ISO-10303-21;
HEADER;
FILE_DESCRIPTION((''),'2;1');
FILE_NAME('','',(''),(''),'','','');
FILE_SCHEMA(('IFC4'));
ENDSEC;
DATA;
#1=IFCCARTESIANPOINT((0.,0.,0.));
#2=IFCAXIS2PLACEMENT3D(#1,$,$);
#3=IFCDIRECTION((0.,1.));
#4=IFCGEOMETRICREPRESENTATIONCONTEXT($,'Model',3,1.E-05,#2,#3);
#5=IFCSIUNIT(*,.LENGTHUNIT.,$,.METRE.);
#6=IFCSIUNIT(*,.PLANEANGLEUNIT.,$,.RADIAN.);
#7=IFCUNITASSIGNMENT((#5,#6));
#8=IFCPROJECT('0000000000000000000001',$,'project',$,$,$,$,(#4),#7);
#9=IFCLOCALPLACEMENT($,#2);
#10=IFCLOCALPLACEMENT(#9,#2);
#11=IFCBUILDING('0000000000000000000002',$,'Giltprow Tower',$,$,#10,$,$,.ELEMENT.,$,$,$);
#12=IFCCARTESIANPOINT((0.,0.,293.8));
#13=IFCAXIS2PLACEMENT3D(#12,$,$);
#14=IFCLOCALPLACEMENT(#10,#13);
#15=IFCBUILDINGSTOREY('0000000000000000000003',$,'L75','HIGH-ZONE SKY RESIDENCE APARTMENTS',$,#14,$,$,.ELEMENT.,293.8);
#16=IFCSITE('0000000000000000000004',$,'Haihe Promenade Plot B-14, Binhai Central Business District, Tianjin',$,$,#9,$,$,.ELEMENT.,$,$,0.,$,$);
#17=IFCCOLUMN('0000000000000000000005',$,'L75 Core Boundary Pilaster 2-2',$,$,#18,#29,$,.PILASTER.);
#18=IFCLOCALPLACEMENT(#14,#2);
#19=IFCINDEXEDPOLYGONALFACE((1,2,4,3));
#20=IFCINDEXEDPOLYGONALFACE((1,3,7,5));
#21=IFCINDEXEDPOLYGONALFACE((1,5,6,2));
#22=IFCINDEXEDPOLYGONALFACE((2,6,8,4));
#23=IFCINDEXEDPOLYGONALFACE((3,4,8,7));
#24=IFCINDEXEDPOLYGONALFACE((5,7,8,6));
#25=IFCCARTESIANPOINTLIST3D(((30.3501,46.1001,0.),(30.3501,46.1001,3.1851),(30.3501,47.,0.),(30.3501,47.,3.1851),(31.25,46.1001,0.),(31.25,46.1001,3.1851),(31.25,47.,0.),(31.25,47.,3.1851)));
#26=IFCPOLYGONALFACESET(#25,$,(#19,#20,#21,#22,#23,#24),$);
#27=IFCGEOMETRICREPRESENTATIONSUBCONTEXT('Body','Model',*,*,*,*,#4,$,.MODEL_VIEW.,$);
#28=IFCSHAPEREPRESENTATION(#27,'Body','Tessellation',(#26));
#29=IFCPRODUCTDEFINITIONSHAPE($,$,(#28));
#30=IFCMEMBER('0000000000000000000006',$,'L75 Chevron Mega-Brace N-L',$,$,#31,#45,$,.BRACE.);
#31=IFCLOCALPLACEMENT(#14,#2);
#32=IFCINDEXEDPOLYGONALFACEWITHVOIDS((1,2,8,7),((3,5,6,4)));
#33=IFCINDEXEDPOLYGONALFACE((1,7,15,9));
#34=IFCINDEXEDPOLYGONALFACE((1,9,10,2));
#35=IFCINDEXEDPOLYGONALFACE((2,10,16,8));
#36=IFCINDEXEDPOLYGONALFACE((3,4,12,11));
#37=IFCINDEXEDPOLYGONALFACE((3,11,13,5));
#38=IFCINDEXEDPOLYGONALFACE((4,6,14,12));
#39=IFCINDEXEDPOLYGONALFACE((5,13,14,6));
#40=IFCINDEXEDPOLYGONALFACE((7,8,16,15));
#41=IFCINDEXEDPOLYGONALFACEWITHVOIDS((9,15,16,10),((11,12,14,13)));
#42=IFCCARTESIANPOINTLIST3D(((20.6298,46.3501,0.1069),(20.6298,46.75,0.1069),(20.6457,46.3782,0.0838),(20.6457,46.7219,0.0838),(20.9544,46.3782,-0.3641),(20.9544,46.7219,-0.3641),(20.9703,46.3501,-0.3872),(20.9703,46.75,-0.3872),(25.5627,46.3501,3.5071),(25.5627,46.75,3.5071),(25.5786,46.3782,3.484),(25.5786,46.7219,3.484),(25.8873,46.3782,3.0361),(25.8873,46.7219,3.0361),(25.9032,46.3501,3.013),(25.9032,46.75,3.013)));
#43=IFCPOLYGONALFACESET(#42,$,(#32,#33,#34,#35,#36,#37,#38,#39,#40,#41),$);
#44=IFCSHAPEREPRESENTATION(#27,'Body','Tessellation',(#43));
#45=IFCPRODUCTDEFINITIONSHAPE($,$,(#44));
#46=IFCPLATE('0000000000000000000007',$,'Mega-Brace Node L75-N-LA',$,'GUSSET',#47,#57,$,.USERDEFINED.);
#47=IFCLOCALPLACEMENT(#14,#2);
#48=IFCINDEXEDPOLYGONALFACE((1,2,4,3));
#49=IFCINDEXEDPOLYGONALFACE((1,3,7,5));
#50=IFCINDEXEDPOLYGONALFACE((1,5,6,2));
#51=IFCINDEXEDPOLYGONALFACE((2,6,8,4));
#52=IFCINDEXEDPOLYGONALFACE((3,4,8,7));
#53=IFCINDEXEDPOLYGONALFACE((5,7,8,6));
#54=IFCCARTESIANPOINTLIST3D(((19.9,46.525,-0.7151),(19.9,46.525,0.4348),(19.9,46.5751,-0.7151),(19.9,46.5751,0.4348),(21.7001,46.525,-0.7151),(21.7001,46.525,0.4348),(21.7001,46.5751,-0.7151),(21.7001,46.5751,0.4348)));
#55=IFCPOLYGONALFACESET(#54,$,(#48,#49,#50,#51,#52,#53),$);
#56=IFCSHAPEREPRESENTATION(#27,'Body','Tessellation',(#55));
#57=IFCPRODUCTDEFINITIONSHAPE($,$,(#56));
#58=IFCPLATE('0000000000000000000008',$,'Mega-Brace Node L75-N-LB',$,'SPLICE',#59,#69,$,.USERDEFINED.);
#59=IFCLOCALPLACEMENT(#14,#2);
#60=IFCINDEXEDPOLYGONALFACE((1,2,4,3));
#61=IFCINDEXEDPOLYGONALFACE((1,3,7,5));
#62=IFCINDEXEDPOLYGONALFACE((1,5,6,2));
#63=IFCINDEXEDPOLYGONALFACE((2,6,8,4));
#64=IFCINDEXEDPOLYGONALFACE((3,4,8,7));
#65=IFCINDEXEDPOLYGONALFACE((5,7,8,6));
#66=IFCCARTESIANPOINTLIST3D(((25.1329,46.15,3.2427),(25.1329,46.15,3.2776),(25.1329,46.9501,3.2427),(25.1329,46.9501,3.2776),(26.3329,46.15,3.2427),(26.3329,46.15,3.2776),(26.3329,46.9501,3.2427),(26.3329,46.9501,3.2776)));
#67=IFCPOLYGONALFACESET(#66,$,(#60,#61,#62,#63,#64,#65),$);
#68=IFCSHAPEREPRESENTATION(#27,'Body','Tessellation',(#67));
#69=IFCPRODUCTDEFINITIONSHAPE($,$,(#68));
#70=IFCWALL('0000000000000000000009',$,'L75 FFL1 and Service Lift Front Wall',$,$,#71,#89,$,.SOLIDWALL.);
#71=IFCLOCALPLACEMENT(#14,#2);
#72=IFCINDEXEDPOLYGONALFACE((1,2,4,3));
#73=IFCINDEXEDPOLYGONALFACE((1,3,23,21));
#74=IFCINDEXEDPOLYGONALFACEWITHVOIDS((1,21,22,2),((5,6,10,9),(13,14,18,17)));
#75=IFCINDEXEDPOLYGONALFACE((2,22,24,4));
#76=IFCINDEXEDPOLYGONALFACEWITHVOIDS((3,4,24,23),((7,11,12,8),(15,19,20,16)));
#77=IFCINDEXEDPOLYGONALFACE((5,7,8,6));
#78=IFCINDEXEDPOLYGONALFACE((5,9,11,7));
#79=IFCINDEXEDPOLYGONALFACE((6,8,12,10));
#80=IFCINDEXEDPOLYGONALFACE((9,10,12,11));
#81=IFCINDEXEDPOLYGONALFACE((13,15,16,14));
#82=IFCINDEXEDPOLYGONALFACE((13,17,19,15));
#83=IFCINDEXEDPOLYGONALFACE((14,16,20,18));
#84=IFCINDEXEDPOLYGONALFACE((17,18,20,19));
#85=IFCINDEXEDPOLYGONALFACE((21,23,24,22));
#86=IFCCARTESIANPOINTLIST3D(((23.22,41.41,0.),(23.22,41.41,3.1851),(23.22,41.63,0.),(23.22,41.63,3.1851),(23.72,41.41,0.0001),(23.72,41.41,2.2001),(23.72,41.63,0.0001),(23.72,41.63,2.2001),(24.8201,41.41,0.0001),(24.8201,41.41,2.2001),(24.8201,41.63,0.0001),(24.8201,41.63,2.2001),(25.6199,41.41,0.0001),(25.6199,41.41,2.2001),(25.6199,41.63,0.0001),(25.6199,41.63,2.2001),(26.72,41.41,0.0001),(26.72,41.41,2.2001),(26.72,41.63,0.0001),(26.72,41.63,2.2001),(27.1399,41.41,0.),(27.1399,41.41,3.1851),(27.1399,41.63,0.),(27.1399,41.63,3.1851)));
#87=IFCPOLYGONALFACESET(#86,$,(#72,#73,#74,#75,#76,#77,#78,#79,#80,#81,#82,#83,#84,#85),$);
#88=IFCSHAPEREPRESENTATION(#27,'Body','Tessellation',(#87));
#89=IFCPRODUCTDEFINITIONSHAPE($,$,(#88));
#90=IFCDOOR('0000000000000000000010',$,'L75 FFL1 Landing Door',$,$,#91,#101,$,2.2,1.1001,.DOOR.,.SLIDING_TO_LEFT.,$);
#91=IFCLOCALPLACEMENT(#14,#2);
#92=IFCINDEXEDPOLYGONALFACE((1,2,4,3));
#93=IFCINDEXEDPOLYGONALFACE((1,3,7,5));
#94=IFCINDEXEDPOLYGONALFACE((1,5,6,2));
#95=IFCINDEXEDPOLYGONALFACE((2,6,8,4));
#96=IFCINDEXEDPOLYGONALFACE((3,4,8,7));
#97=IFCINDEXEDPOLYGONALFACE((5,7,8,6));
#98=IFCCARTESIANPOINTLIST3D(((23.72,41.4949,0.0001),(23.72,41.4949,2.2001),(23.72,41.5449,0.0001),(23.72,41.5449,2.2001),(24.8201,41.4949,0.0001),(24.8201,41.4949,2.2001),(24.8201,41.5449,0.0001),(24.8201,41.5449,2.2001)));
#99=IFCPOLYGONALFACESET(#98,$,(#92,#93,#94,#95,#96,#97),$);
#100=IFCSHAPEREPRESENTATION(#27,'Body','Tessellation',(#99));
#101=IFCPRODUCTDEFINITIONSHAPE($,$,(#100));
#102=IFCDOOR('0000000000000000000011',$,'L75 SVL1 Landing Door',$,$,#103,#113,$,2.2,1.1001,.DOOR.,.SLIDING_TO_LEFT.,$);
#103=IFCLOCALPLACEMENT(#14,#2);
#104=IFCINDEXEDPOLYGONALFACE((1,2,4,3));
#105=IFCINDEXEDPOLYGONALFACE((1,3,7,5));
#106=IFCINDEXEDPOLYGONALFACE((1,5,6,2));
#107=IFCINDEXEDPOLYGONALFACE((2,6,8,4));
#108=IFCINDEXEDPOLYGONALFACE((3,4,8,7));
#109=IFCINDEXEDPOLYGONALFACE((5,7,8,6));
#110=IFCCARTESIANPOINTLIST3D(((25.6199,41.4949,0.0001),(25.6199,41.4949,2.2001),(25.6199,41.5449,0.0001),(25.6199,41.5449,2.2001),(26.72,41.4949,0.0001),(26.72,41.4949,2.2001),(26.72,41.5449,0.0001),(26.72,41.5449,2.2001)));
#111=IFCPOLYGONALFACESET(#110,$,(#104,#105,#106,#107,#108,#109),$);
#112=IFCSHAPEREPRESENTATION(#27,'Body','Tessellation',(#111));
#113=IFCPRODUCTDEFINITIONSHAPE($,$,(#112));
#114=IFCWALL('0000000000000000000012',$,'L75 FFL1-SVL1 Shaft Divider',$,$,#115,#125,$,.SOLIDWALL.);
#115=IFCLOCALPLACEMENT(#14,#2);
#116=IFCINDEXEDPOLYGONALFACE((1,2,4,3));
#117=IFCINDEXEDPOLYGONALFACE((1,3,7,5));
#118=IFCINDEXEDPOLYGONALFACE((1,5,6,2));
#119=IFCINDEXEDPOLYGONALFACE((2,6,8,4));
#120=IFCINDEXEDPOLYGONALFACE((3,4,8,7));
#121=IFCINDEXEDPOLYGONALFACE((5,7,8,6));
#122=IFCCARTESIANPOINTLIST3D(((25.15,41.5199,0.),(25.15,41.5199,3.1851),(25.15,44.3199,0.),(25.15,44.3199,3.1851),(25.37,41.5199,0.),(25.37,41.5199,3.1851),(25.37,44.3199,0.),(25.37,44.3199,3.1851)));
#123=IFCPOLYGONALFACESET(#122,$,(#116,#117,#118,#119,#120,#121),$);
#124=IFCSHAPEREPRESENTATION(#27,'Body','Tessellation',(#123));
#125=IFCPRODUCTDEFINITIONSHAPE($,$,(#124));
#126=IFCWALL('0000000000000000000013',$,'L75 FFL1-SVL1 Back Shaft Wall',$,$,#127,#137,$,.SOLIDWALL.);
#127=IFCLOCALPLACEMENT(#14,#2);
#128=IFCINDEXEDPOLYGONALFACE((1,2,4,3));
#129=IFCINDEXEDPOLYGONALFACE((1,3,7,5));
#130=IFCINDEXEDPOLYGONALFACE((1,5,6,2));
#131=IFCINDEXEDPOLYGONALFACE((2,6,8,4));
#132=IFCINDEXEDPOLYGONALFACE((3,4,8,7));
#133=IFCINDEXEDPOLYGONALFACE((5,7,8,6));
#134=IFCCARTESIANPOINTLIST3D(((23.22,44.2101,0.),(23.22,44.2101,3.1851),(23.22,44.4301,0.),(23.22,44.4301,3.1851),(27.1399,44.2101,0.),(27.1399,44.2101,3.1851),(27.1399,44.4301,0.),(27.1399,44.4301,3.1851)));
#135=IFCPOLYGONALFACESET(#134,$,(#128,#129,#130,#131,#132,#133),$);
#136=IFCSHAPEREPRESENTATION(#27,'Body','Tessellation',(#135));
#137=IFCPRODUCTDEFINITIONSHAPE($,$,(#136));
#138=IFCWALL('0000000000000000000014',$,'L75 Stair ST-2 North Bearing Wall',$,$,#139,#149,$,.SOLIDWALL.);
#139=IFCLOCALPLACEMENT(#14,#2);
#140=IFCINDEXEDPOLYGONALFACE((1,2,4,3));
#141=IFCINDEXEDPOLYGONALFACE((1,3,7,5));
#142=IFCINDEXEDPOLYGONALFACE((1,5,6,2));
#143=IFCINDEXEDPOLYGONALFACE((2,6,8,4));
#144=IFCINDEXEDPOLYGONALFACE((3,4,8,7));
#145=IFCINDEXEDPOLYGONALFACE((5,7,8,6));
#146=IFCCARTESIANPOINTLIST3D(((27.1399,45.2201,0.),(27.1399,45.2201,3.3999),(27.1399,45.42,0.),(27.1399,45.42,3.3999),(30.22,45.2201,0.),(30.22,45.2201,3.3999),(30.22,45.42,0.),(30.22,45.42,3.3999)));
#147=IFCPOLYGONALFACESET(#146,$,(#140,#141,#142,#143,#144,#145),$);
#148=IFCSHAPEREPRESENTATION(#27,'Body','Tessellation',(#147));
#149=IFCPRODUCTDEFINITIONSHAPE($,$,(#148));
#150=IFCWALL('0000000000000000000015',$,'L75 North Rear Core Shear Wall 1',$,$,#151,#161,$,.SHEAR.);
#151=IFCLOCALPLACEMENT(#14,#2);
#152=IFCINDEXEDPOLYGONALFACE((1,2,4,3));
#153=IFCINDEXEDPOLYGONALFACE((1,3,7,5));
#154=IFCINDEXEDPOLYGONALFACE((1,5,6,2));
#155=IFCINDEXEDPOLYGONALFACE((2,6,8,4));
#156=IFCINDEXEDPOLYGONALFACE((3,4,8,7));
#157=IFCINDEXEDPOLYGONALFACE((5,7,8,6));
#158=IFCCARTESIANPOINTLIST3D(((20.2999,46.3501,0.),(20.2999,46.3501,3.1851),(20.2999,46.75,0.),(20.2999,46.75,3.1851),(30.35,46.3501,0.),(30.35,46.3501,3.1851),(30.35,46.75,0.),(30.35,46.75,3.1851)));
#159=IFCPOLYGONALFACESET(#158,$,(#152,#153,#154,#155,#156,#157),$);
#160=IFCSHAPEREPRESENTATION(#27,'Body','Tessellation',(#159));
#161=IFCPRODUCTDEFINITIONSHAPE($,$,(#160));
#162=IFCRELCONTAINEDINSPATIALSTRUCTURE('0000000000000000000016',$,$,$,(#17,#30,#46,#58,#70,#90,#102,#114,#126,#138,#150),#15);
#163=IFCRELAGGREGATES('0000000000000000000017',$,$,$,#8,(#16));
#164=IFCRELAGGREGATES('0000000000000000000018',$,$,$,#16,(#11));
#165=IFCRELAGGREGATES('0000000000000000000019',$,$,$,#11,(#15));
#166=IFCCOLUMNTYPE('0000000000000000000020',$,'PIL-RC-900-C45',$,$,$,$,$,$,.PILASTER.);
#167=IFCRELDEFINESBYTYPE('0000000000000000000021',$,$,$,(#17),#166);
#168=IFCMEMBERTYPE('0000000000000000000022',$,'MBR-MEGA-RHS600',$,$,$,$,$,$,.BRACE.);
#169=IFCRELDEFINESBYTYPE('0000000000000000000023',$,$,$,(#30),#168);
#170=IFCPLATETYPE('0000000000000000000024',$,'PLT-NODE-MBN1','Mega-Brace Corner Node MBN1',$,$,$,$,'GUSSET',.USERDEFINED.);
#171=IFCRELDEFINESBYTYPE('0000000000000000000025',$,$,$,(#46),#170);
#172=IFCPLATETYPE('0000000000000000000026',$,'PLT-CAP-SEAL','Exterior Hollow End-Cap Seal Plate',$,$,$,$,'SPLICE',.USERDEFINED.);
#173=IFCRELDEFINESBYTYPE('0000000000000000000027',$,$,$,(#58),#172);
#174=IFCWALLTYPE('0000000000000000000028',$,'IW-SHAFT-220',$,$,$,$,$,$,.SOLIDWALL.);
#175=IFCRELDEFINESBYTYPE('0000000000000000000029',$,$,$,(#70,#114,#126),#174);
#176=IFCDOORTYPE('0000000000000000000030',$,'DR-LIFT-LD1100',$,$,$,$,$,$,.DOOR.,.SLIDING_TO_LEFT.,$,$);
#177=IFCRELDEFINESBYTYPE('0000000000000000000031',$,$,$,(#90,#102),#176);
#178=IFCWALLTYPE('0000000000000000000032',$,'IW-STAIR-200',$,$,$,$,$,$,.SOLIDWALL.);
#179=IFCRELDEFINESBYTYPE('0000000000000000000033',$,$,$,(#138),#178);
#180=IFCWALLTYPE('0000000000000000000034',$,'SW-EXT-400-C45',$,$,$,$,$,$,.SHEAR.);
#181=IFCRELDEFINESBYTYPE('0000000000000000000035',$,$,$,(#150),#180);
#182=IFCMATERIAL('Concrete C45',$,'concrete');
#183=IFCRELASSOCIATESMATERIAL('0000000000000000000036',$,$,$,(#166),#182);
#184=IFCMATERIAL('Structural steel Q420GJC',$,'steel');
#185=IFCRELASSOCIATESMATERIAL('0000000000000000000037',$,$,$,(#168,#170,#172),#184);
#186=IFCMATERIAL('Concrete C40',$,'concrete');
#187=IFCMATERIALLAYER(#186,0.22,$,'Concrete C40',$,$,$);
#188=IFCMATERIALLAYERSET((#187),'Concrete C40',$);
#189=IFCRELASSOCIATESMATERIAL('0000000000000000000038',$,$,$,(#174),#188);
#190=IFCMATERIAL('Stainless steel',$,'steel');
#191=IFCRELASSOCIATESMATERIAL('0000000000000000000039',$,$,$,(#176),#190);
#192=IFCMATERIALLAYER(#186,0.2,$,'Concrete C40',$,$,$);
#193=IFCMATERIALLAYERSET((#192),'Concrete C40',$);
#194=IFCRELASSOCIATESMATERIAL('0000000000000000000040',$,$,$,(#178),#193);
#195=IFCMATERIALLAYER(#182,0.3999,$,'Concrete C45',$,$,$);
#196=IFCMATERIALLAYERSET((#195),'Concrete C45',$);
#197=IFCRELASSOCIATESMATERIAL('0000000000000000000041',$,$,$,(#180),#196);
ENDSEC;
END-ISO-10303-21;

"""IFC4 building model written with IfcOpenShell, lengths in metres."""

from ifc_helpers import new_model, si_unit, direction, frame, frame_2d, origin, origin_2d, place, context, subcontext, project, spatial, rectangle, hollow_rectangle, extrude, source, transform, mapped, material, layer, layer_set, material_profile, profile_set, type_object, element, fill, save


model = new_model("IFC4")

# Units and contexts
model_context = context("Model", 3, precision=1e-05, world=origin(), true_north=direction((0.0, 1.0)))
body_context = subcontext(model_context, "Body", "Model", "MODEL_VIEW")
ifc_project = project(units=[si_unit("LENGTHUNIT", "METRE"), si_unit("PLANEANGLEUNIT", "RADIAN")], contexts=[model_context])

# Site, building, storey
site_placement = place(None, origin())
site = spatial("IfcSite", under=ifc_project, at=site_placement, Name="Haihe Promenade Plot B-14, Binhai Central Business District, Tianjin", CompositionType="ELEMENT", RefElevation=0.0)
building_placement = place(site_placement, origin())
building = spatial("IfcBuilding", under=site, at=building_placement, Name="Giltprow Tower", CompositionType="ELEMENT")
storey_placement = place(building_placement, frame((0.0, 0.0, 293.8)))
storey = spatial("IfcBuildingStorey", under=building, at=storey_placement, Name="L75", Description="HIGH-ZONE SKY RESIDENCE APARTMENTS", CompositionType="ELEMENT", Elevation=293.8)

# Column
ifc_material_1 = material(Name="Concrete C45", Category="concrete")
ifc_material_profile_1 = material_profile(ifc_material_1, rectangle(XDim=0.8999, YDim=0.8999, at=origin_2d()), Name="RC 900x900")
ifc_profile_set_1 = profile_set([ifc_material_profile_1], Name="Concrete C45")
column_type = type_object("IfcColumnType", Name="PIL-RC-900-C45", PredefinedType="PILASTER", material=ifc_profile_set_1)
shared_shape_1 = source(origin(), body_context, "Body", "SweptSolid", [
    extrude(rectangle(XDim=0.8999, YDim=0.8999, at=origin_2d()), origin(), (0.0, 0.0, 1.0), 3.1851),
])
column_placement = place(storey_placement, frame((30.8, 46.55, 0.0), z_axis=(0.0, 0.0, 1.0), x_axis=(1.0, 0.0, 0.0)))
element("IfcColumn", 1, at=column_placement, inside=storey, type_object=column_type, Name="L75 Core Boundary Pilaster 2-2", PredefinedType="PILASTER", context=body_context, shape_type="MappedRepresentation", body=[
    mapped(shared_shape_1, transform((0.0, 0.0, 0.0), x_axis=(1.0, 0.0, 0.0), y_axis=(0.0, 1.0, 0.0), z_axis=(0.0, 0.0, 1.0), scale=1.0)),
])

# Member
ifc_material_2 = material(Name="Structural steel Q420GJC", Category="steel")
ifc_material_profile_2 = material_profile(ifc_material_2, hollow_rectangle(XDim=0.3999, YDim=0.6001, WallThickness=0.0281, at=origin_2d()), Name="RHS 600x400x28")
ifc_profile_set_2 = profile_set([ifc_material_profile_2], Name="Structural steel Q420GJC")
member_type = type_object("IfcMemberType", Name="MBR-MEGA-RHS600", PredefinedType="BRACE", material=ifc_profile_set_2)
shared_shape_2 = source(origin(), body_context, "Body", "SweptSolid", [
    extrude(hollow_rectangle(XDim=0.3999, YDim=0.6001, WallThickness=0.0281, at=origin_2d()), origin(), (0.0, 0.0, 1.0), 5.9912),
])
member_placement = place(storey_placement, frame((20.8, 46.55, -0.1401), z_axis=(0.823355, 0.0, 0.567526), x_axis=(0.0, 1.0, 0.0)))
element("IfcMember", 2, at=member_placement, inside=storey, type_object=member_type, Name="L75 Chevron Mega-Brace N-L", PredefinedType="BRACE", context=body_context, shape_type="MappedRepresentation", body=[
    mapped(shared_shape_2, transform((0.0, 0.0, 0.0), x_axis=(1.0, 0.0, 0.0), y_axis=(0.0, 1.0, 0.0), z_axis=(0.0, 0.0, 1.0), scale=1.0)),
])

# Plates
plate_type_1 = type_object("IfcPlateType", Name="PLT-NODE-MBN1", Description="Mega-Brace Corner Node MBN1", ElementType="GUSSET", PredefinedType="USERDEFINED", material=ifc_material_2)
shared_shape_3 = source(origin(), body_context, "Body", "SweptSolid", [
    extrude(rectangle(XDim=1.8, YDim=0.05, at=origin_2d()), origin(), (0.0, 0.0, 1.0), 1.1499),
])
plate_1_placement = place(storey_placement, frame((20.8, 46.55, -0.7151), z_axis=(0.0, 0.0, 1.0), x_axis=(1.0, 0.0, 0.0)))
element("IfcPlate", 3, at=plate_1_placement, inside=storey, type_object=plate_type_1, Name="Mega-Brace Node L75-N-LA", ObjectType="GUSSET", PredefinedType="USERDEFINED", context=body_context, shape_type="MappedRepresentation", body=[
    mapped(shared_shape_3, transform((0.0, 0.0, 0.0), x_axis=(1.0, 0.0, 0.0), y_axis=(0.0, 1.0, 0.0), z_axis=(0.0, 0.0, 1.0), scale=1.0)),
])
plate_type_2 = type_object("IfcPlateType", Name="PLT-CAP-SEAL", Description="Exterior Hollow End-Cap Seal Plate", ElementType="SPLICE", PredefinedType="USERDEFINED", material=ifc_material_2)
shared_shape_4 = source(origin(), body_context, "Body", "SweptSolid", [
    extrude(rectangle(XDim=1.2, YDim=0.8, at=origin_2d()), origin(), (0.0, 0.0, 1.0), 0.0349),
])
plate_2_placement = place(storey_placement, frame((25.7329, 46.55, 3.2427), z_axis=(0.0, 0.0, 1.0), x_axis=(1.0, 0.0, 0.0)))
element("IfcPlate", 4, at=plate_2_placement, inside=storey, type_object=plate_type_2, Name="Mega-Brace Node L75-N-LB", ObjectType="SPLICE", PredefinedType="USERDEFINED", context=body_context, shape_type="MappedRepresentation", body=[
    mapped(shared_shape_4, transform((0.0, 0.0, 0.0), x_axis=(1.0, 0.0, 0.0), y_axis=(0.0, 1.0, 0.0), z_axis=(0.0, 0.0, 1.0), scale=1.0)),
])

# Wall, openings, doors
ifc_material_3 = material(Name="Concrete C40", Category="concrete")
ifc_layer_1 = layer(ifc_material_3, 0.22, Name="Concrete C40")
ifc_layer_set_1 = layer_set([ifc_layer_1], Name="Concrete C40")
wall_type_1 = type_object("IfcWallType", Name="IW-SHAFT-220", PredefinedType="SOLIDWALL", material=ifc_layer_set_1)
wall_1_placement = place(storey_placement, frame((23.22, 41.52, 0.0), z_axis=(0.0, 0.0, 1.0), x_axis=(1.0, 0.0, 0.0)))
wall_1 = element("IfcWall", 5, at=wall_1_placement, inside=storey, type_object=wall_type_1, Name="L75 FFL1 and Service Lift Front Wall", PredefinedType="SOLIDWALL", context=body_context, shape_type="SweptSolid", body=[
    extrude(rectangle(XDim=3.9199, YDim=0.22, at=frame_2d((1.96, 0.0))), origin(), (0.0, 0.0, 1.0), 3.1851),
])
opening_1_placement = place(wall_1_placement, frame((0.5, 0.0, 0.0)))
opening_1 = element("IfcOpeningElement", 6, at=opening_1_placement, cuts=wall_1, PredefinedType="OPENING", context=body_context, shape_type="SweptSolid", body=[
    extrude(rectangle(XDim=1.1001, YDim=2.2, at=frame_2d((0.55, 1.1001))), frame((0.0, 0.1199, 0.0), z_axis=(0.0, -1.0, 0.0), x_axis=(1.0, 0.0, 0.0)), (0.0, 0.0, 1.0), 0.24),
])
opening_2_placement = place(wall_1_placement, frame((2.3999, 0.0, 0.0)))
opening_2 = element("IfcOpeningElement", 7, at=opening_2_placement, cuts=wall_1, PredefinedType="OPENING", context=body_context, shape_type="SweptSolid", body=[
    extrude(rectangle(XDim=1.1001, YDim=2.2, at=frame_2d((0.55, 1.1001))), frame((0.0, 0.1199, 0.0), z_axis=(0.0, -1.0, 0.0), x_axis=(1.0, 0.0, 0.0)), (0.0, 0.0, 1.0), 0.24),
])
ifc_material_4 = material(Name="Stainless steel", Category="steel")
door_type = type_object("IfcDoorType", Name="DR-LIFT-LD1100", OperationType="SLIDING_TO_LEFT", PredefinedType="DOOR", material=ifc_material_4)
shared_shape_5 = source(origin(), body_context, "Body", "SweptSolid", [
    extrude(rectangle(XDim=1.1001, YDim=2.2, at=frame_2d((0.55, 1.1001))), frame((0.0, 0.0249, 0.0), z_axis=(0.0, -1.0, 0.0), x_axis=(1.0, 0.0, 0.0)), (0.0, 0.0, 1.0), 0.05),
])
door_1_placement = place(opening_1_placement, origin())
door_1 = element("IfcDoor", 8, at=door_1_placement, inside=storey, type_object=door_type, Name="L75 FFL1 Landing Door", OperationType="SLIDING_TO_LEFT", OverallHeight=2.2, OverallWidth=1.1001, PredefinedType="DOOR", context=body_context, shape_type="MappedRepresentation", body=[
    mapped(shared_shape_5, transform((0.0, 0.0, 0.0), x_axis=(1.0, 0.0, 0.0), y_axis=(0.0, 1.0, 0.0), z_axis=(0.0, 0.0, 1.0), scale=1.0)),
])
fill(opening_1, door_1)
door_2_placement = place(opening_2_placement, origin())
door_2 = element("IfcDoor", 9, at=door_2_placement, inside=storey, type_object=door_type, Name="L75 SVL1 Landing Door", OperationType="SLIDING_TO_LEFT", OverallHeight=2.2, OverallWidth=1.1001, PredefinedType="DOOR", context=body_context, shape_type="MappedRepresentation", body=[
    mapped(shared_shape_5, transform((0.0, 0.0, 0.0), x_axis=(1.0, 0.0, 0.0), y_axis=(0.0, 1.0, 0.0), z_axis=(0.0, 0.0, 1.0), scale=1.0)),
])
fill(opening_2, door_2)

# Walls
wall_2_placement = place(storey_placement, frame((25.26, 41.52, 0.0), z_axis=(0.0, 0.0, 1.0), x_axis=(0.0, 1.0, 0.0)))
element("IfcWall", 10, at=wall_2_placement, inside=storey, type_object=wall_type_1, Name="L75 FFL1-SVL1 Shaft Divider", PredefinedType="SOLIDWALL", context=body_context, shape_type="SweptSolid", body=[
    extrude(rectangle(XDim=2.8, YDim=0.22, at=frame_2d((1.3999, 0.0))), origin(), (0.0, 0.0, 1.0), 3.1851),
])
wall_3_placement = place(storey_placement, frame((23.22, 44.3201, 0.0), z_axis=(0.0, 0.0, 1.0), x_axis=(1.0, 0.0, 0.0)))
element("IfcWall", 11, at=wall_3_placement, inside=storey, type_object=wall_type_1, Name="L75 FFL1-SVL1 Back Shaft Wall", PredefinedType="SOLIDWALL", context=body_context, shape_type="SweptSolid", body=[
    extrude(rectangle(XDim=3.9199, YDim=0.22, at=frame_2d((1.96, 0.0))), origin(), (0.0, 0.0, 1.0), 3.1851),
])
ifc_layer_2 = layer(ifc_material_3, 0.2, Name="Concrete C40")
ifc_layer_set_2 = layer_set([ifc_layer_2], Name="Concrete C40")
wall_type_2 = type_object("IfcWallType", Name="IW-STAIR-200", PredefinedType="SOLIDWALL", material=ifc_layer_set_2)
wall_4_placement = place(storey_placement, frame((27.1399, 45.3201, 0.0), z_axis=(0.0, 0.0, 1.0), x_axis=(1.0, 0.0, 0.0)))
element("IfcWall", 12, at=wall_4_placement, inside=storey, type_object=wall_type_2, Name="L75 Stair ST-2 North Bearing Wall", PredefinedType="SOLIDWALL", context=body_context, shape_type="SweptSolid", body=[
    extrude(rectangle(XDim=3.0801, YDim=0.2, at=frame_2d((1.54, 0.0))), origin(), (0.0, 0.0, 1.0), 3.3999),
])
ifc_layer_3 = layer(ifc_material_1, 0.3999, Name="Concrete C45")
ifc_layer_set_3 = layer_set([ifc_layer_3], Name="Concrete C45")
wall_type_3 = type_object("IfcWallType", Name="SW-EXT-400-C45", PredefinedType="SHEAR", material=ifc_layer_set_3)
wall_5_placement = place(storey_placement, frame((20.3, 46.55, 0.0), z_axis=(0.0, 0.0, 1.0), x_axis=(1.0, 0.0, 0.0)))
element("IfcWall", 13, at=wall_5_placement, inside=storey, type_object=wall_type_3, Name="L75 North Rear Core Shear Wall 1", PredefinedType="SHEAR", context=body_context, shape_type="SweptSolid", body=[
    extrude(rectangle(XDim=10.05, YDim=0.3999, at=frame_2d((5.0249, 0.0))), origin(), (0.0, 0.0, 1.0), 3.1851),
])

save(model, "model.ifc")
